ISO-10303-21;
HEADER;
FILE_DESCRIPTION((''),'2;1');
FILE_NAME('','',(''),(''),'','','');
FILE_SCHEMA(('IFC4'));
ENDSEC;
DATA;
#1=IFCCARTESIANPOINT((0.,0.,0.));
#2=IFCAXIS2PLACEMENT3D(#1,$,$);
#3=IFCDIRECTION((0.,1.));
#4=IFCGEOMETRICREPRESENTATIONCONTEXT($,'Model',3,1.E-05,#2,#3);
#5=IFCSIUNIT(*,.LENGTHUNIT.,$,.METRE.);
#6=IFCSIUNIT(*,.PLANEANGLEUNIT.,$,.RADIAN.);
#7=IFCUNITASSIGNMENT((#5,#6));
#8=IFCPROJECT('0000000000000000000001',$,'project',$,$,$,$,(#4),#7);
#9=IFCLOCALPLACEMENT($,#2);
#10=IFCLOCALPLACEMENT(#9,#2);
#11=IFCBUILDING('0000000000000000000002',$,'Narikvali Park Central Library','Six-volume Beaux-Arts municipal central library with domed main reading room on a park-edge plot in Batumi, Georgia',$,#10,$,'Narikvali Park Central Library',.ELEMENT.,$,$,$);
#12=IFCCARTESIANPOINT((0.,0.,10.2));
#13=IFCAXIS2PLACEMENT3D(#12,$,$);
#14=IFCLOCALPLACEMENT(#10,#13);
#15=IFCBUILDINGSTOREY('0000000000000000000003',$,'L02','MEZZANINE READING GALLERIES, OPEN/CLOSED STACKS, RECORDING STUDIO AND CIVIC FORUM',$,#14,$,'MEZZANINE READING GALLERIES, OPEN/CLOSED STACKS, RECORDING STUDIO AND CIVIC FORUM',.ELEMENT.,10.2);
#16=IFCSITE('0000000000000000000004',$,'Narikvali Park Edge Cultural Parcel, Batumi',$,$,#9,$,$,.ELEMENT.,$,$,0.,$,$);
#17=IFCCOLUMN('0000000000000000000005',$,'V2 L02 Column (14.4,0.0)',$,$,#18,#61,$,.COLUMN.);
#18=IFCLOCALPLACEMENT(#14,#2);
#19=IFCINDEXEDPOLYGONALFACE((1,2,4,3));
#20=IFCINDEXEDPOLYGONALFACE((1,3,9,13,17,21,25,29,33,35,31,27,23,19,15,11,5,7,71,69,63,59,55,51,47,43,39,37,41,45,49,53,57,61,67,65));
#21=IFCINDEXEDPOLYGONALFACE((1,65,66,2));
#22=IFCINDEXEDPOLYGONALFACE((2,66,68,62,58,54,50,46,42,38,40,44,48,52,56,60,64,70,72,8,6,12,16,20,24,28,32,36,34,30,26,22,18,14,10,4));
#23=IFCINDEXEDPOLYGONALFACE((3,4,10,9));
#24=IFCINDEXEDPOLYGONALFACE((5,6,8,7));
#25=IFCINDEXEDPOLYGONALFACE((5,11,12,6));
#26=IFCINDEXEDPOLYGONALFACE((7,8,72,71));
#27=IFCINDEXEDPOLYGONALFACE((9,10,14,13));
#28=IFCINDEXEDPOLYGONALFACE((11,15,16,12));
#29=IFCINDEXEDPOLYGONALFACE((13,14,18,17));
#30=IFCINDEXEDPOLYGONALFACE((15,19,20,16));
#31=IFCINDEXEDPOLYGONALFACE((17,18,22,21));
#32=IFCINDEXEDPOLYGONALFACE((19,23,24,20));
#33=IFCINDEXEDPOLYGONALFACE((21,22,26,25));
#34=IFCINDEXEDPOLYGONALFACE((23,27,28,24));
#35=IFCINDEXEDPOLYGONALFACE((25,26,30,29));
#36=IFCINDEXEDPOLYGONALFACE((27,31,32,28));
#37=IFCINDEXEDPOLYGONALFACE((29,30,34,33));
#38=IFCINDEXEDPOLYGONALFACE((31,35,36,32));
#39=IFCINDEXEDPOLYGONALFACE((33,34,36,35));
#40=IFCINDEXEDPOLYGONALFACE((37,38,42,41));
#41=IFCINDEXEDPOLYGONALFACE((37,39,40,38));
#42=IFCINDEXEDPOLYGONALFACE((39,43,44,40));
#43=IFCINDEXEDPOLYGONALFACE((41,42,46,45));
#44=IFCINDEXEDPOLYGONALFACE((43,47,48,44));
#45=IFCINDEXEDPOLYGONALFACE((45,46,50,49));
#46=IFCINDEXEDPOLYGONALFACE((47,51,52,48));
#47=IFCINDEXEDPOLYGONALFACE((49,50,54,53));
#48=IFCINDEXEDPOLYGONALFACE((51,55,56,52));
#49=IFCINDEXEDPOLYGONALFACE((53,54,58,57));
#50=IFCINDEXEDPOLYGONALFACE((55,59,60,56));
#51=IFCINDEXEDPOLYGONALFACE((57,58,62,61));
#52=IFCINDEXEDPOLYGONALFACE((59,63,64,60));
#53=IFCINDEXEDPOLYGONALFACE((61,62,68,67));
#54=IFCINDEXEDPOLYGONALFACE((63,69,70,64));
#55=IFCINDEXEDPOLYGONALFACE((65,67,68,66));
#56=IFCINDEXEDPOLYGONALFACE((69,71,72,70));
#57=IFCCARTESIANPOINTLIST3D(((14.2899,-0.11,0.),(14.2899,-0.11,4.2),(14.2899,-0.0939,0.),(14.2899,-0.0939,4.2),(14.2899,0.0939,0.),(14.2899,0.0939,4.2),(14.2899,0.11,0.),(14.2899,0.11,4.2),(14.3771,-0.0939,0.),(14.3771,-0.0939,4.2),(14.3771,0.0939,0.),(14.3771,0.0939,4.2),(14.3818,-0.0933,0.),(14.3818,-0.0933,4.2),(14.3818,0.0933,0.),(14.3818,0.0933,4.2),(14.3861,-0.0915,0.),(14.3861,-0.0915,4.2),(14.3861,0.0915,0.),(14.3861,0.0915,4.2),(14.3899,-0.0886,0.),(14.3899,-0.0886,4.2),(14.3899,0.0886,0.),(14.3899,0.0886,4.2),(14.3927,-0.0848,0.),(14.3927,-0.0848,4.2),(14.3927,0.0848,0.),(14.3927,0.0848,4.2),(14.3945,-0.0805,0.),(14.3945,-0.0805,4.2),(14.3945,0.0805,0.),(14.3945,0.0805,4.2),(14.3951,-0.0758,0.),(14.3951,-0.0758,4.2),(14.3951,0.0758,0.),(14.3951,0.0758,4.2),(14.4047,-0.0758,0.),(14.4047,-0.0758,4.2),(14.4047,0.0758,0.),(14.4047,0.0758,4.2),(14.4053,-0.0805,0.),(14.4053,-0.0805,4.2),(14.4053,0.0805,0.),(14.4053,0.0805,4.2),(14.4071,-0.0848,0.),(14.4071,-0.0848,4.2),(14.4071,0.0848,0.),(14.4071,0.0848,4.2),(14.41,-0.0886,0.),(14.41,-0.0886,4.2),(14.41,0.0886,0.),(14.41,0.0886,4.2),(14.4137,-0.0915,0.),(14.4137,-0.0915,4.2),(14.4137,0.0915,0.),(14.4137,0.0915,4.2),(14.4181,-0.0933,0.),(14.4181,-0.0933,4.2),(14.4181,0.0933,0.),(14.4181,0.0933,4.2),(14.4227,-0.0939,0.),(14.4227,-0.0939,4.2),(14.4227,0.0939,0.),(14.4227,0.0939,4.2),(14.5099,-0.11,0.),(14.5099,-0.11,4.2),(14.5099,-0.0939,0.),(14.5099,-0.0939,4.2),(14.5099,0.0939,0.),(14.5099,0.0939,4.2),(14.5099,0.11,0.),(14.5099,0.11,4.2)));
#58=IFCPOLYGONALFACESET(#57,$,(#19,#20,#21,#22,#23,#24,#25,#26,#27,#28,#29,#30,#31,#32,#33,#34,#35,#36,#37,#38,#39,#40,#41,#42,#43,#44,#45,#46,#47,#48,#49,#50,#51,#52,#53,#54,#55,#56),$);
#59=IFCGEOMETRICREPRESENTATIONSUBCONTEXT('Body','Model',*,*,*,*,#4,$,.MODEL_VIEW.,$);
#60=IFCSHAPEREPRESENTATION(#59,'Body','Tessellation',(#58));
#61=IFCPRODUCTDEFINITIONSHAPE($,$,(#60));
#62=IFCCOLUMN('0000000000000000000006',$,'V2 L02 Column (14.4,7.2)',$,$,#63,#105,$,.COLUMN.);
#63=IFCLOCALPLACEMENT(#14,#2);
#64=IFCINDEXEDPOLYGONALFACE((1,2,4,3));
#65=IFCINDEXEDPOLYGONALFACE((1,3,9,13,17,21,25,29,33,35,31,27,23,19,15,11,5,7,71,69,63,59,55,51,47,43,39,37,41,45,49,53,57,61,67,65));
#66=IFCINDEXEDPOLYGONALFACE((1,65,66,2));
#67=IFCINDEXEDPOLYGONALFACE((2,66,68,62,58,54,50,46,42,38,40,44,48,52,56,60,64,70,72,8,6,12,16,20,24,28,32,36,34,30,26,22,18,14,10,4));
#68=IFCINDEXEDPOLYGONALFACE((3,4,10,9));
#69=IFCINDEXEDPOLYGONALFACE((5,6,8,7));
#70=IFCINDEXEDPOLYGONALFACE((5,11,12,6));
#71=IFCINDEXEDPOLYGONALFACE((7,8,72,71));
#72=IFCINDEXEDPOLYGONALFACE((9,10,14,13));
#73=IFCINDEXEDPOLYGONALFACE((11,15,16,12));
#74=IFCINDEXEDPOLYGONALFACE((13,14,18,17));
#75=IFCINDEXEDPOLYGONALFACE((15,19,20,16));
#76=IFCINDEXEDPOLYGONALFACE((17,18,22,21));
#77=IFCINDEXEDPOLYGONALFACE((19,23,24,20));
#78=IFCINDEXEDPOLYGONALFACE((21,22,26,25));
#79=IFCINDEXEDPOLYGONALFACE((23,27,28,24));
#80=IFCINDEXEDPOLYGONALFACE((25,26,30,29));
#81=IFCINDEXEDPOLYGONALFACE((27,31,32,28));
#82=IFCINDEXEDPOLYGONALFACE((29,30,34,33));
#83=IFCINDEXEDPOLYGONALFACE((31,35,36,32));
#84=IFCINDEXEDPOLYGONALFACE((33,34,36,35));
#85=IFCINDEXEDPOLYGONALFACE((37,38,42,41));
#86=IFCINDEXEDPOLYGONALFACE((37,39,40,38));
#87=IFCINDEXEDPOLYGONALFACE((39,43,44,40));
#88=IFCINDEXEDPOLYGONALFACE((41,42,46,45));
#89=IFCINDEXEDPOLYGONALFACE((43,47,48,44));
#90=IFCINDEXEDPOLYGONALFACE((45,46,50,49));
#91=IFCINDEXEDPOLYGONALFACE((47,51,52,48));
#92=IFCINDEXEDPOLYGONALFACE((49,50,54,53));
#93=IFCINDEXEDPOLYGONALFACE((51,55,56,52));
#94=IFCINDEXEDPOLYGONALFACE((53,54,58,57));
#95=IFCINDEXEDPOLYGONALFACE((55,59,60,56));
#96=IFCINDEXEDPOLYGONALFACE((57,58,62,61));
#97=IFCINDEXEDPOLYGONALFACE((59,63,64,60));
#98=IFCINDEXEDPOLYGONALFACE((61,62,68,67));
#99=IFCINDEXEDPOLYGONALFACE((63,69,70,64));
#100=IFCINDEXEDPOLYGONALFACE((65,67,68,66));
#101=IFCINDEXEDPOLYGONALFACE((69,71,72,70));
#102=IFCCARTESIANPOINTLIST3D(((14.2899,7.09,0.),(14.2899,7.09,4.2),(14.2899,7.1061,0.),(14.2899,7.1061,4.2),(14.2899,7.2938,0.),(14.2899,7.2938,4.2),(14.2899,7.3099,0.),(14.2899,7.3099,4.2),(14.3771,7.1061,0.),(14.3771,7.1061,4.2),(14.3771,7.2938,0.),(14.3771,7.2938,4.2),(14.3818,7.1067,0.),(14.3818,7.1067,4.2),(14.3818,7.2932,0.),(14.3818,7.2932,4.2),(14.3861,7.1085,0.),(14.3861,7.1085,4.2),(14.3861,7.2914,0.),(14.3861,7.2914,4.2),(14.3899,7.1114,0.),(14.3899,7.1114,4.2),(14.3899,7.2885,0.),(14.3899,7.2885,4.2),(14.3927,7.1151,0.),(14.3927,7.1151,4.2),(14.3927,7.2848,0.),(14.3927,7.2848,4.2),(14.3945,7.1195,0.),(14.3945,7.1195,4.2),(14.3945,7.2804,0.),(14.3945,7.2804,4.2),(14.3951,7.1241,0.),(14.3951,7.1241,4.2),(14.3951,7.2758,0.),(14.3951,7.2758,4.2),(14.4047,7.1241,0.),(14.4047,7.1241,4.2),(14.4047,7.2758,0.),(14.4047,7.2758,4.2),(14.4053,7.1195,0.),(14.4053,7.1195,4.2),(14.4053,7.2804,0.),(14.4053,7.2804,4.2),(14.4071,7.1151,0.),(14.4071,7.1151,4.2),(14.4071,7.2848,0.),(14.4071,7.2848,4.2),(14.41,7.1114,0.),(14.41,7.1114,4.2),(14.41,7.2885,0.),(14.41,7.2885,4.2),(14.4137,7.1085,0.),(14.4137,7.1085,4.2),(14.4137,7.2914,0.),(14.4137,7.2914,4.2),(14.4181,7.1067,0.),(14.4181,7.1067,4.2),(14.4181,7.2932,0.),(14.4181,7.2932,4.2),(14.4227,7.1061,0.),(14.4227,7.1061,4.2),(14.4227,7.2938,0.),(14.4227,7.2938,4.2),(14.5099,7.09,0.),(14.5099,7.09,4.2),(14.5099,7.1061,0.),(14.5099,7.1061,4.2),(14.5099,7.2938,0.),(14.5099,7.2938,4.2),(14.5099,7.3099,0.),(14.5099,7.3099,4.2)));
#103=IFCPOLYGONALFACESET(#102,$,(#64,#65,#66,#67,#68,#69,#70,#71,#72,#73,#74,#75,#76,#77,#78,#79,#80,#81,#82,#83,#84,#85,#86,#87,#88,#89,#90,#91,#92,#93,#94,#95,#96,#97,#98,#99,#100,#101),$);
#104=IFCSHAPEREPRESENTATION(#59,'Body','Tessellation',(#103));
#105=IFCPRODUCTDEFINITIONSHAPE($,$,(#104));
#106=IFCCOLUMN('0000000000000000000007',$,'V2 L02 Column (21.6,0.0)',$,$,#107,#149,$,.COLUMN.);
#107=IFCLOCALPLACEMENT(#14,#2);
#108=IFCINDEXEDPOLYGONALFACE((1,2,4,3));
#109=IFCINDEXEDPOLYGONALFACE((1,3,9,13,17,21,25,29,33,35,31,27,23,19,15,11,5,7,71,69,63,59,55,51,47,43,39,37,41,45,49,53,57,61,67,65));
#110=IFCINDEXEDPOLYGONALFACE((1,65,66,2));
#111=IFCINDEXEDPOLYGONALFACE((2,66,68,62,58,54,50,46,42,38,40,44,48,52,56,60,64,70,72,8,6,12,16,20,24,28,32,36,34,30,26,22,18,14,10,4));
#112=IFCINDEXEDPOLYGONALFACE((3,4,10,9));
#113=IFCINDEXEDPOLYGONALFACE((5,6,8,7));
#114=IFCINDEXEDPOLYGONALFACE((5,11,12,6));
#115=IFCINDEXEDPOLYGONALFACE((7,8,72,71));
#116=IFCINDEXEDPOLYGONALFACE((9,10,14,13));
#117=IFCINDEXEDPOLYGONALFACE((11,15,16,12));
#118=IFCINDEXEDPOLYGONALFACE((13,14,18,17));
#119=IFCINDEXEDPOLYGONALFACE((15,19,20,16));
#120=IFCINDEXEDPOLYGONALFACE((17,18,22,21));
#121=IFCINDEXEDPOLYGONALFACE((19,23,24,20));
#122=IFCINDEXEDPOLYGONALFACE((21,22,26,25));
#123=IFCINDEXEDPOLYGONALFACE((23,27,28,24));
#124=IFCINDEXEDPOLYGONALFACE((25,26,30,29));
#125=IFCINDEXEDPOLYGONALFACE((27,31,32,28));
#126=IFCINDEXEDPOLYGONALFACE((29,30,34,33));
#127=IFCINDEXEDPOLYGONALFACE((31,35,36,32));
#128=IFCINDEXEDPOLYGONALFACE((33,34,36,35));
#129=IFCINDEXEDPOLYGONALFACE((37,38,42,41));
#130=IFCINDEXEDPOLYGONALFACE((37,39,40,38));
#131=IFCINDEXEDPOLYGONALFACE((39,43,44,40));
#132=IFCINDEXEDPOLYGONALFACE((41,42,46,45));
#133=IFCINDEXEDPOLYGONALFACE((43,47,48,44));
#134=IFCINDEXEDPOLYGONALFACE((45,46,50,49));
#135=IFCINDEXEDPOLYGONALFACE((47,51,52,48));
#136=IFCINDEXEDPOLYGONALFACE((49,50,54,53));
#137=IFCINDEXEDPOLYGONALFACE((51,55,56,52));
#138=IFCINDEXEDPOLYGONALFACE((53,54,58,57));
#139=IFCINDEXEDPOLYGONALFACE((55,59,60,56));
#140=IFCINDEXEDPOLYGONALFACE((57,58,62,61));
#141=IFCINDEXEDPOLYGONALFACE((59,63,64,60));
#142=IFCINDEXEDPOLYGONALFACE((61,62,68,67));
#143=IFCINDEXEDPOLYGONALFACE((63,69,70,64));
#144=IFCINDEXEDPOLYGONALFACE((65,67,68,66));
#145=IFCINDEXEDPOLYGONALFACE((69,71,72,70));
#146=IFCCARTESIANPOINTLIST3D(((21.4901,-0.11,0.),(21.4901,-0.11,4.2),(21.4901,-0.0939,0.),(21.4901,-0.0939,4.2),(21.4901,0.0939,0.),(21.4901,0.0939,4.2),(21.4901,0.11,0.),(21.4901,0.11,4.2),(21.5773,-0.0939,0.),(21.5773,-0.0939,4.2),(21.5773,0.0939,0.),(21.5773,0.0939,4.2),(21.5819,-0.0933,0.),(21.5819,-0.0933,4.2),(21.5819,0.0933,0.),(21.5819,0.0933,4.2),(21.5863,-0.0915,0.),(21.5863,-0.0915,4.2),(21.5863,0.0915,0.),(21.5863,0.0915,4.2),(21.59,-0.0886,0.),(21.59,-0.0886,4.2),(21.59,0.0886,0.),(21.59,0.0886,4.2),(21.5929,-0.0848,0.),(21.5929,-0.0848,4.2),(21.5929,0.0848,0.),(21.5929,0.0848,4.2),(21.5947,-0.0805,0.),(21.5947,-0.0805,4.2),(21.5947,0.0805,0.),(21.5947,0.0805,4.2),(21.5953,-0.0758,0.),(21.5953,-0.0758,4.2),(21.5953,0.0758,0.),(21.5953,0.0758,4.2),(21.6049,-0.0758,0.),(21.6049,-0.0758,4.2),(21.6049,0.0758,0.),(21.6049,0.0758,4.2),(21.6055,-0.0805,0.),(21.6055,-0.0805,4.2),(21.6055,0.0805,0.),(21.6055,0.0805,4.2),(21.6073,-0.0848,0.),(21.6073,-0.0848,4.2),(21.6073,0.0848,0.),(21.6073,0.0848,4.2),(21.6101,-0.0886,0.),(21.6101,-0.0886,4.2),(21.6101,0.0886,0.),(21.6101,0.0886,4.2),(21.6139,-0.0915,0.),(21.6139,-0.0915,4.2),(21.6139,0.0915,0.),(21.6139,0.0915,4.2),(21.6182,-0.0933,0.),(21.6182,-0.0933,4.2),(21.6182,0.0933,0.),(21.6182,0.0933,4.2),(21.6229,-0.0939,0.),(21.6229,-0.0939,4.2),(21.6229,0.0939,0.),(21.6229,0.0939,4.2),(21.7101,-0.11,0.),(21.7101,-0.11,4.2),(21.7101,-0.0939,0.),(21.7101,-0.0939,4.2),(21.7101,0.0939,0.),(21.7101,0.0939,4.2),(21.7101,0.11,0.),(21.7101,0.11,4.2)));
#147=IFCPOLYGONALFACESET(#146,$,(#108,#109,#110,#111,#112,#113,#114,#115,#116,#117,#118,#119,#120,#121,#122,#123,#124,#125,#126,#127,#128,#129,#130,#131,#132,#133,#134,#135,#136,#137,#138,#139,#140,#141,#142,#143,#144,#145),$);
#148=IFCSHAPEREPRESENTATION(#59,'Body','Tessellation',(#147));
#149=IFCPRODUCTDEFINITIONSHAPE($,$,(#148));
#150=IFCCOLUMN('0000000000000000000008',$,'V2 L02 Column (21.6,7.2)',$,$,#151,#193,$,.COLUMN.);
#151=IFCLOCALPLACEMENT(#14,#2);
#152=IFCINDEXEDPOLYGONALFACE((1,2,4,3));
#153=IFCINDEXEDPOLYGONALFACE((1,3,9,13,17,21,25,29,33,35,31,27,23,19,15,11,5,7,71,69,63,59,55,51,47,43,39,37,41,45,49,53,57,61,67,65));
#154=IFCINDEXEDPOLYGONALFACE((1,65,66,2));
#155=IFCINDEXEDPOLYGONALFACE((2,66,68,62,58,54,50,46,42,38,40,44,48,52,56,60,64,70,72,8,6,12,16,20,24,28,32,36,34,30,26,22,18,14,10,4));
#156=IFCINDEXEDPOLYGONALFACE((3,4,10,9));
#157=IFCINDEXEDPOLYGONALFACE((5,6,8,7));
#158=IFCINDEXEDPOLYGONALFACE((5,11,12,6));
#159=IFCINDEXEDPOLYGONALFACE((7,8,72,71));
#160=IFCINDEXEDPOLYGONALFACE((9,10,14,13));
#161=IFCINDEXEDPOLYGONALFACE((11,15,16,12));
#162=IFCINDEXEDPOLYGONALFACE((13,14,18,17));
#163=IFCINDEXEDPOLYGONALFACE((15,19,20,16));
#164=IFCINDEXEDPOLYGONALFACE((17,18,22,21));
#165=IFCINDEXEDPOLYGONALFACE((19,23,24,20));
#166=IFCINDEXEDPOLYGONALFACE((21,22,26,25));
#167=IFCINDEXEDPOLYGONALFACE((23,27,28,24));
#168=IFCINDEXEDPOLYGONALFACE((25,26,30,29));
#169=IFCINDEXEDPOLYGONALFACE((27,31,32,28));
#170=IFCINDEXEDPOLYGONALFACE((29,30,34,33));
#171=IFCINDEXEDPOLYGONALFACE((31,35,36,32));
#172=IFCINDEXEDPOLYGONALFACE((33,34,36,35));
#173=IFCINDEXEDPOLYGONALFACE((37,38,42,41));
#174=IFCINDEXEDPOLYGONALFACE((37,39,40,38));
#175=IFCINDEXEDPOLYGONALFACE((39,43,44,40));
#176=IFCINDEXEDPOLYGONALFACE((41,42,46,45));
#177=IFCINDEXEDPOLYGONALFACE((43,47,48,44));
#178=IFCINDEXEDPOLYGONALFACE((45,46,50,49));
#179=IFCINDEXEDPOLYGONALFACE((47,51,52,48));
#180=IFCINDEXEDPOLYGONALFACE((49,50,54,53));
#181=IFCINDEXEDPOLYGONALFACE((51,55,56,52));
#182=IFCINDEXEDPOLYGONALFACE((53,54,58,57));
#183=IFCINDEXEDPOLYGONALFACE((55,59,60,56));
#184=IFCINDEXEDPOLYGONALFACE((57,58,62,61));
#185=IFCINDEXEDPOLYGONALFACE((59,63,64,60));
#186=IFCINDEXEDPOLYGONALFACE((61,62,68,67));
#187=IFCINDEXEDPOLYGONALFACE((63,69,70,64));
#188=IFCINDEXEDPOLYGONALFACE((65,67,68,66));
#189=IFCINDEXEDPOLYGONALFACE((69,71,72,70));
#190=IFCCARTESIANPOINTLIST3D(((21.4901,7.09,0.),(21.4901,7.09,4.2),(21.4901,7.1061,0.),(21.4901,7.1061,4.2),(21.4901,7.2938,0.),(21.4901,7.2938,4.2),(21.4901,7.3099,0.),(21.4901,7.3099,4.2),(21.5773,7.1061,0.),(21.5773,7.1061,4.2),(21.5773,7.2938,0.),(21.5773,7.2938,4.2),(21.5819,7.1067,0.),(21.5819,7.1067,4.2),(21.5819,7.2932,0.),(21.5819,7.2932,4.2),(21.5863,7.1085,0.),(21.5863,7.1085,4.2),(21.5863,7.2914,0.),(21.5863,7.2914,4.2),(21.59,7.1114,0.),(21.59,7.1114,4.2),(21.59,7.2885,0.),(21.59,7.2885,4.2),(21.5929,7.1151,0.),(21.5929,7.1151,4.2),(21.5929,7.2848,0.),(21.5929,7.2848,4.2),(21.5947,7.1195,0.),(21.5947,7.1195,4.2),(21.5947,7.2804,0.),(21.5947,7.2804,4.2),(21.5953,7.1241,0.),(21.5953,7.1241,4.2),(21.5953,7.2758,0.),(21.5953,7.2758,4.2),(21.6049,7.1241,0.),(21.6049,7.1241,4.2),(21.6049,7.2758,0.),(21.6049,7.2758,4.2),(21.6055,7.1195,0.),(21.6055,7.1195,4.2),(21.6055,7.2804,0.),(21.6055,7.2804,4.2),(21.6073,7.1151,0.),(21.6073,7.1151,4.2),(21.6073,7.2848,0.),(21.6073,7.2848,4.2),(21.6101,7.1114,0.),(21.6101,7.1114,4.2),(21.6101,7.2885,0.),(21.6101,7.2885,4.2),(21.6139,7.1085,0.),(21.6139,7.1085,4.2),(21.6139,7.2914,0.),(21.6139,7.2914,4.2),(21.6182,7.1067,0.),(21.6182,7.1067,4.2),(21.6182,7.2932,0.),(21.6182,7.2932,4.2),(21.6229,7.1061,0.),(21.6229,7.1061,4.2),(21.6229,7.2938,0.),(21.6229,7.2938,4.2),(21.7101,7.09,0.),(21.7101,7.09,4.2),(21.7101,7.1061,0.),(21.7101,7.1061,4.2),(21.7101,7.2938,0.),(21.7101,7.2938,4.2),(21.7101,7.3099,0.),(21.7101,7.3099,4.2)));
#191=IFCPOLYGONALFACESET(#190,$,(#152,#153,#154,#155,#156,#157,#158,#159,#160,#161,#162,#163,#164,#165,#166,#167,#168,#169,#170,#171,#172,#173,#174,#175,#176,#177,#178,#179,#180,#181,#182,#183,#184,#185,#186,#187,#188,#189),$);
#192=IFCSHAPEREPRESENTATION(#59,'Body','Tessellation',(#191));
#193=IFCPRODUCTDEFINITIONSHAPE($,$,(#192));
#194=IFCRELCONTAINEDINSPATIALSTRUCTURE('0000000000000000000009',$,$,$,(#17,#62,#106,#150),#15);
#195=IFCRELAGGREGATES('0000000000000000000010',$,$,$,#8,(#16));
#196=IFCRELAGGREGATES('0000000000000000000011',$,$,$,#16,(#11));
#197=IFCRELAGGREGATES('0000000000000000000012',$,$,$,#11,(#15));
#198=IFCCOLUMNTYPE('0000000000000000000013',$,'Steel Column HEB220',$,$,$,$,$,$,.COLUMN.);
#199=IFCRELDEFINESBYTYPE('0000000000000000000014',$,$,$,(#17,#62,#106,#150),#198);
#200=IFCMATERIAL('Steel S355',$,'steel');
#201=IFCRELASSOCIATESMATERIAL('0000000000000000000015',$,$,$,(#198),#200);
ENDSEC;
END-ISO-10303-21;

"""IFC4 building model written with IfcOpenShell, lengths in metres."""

from ifc_helpers import new_model, si_unit, direction, frame, origin, origin_2d, place, context, subcontext, project, spatial, i_section, extrude, material, material_profile, profile_set, type_object, element, save


model = new_model("IFC4")

# Units and contexts
model_context = context("Model", 3, precision=1e-05, world=origin(), true_north=direction((0.0, 1.0)))
body_context = subcontext(model_context, "Body", "Model", "MODEL_VIEW")
ifc_project = project(units=[si_unit("LENGTHUNIT", "METRE"), si_unit("PLANEANGLEUNIT", "RADIAN")], contexts=[model_context])

# Site, building, storey
site_placement = place(None, origin())
site = spatial("IfcSite", under=ifc_project, at=site_placement, Name="Narikvali Park Edge Cultural Parcel, Batumi", CompositionType="ELEMENT", RefElevation=0.0)
building_placement = place(site_placement, origin())
building = spatial("IfcBuilding", under=site, at=building_placement, Name="Narikvali Park Central Library", Description="Six-volume Beaux-Arts municipal central library with domed main reading room on a park-edge plot in Batumi, Georgia", LongName="Narikvali Park Central Library", CompositionType="ELEMENT")
storey_placement = place(building_placement, frame((0.0, 0.0, 10.2)))
storey = spatial("IfcBuildingStorey", under=building, at=storey_placement, Name="L02", Description="MEZZANINE READING GALLERIES, OPEN/CLOSED STACKS, RECORDING STUDIO AND CIVIC FORUM", LongName="MEZZANINE READING GALLERIES, OPEN/CLOSED STACKS, RECORDING STUDIO AND CIVIC FORUM", CompositionType="ELEMENT", Elevation=10.2)

# Columns
ifc_material_1 = material(Name="Steel S355", Category="steel")
ifc_material_profile_1 = material_profile(ifc_material_1, i_section(OverallWidth=0.22, OverallDepth=0.22, WebThickness=0.0095, FlangeThickness=0.0161, FilletRadius=0.0181, at=origin_2d()), Name="HEB 220")
ifc_profile_set_1 = profile_set([ifc_material_profile_1], Name="Steel S355")
column_type = type_object("IfcColumnType", Name="Steel Column HEB220", PredefinedType="COLUMN", material=ifc_profile_set_1)
for number, where, z_axis, x_axis, name in (
    (1, (14.3999, 0.0, 0.0), (0.0, 0.0, 1.0), (1.0, 0.0, 0.0), "V2 L02 Column (14.4,0.0)"),
    (2, (14.3999, 7.2, 0.0), (0.0, 0.0, 1.0), (1.0, 0.0, 0.0), "V2 L02 Column (14.4,7.2)"),
    (3, (21.6001, 0.0, 0.0), (0.0, 0.0, 1.0), (1.0, 0.0, 0.0), "V2 L02 Column (21.6,0.0)"),
    (4, (21.6001, 7.2, 0.0), (0.0, 0.0, 1.0), (1.0, 0.0, 0.0), "V2 L02 Column (21.6,7.2)"),
):
    element("IfcColumn", number, at=place(storey_placement, frame(where, z_axis=z_axis, x_axis=x_axis)), inside=storey, type_object=column_type, Name=name, PredefinedType="COLUMN", context=body_context, shape_type="SweptSolid", body=[
        extrude(i_section(OverallWidth=0.22, OverallDepth=0.22, WebThickness=0.0095, FlangeThickness=0.0161, FilletRadius=0.0181, at=origin_2d()), origin(), (0.0, 0.0, 1.0), 4.2),
    ])

save(model, "model.ifc")
